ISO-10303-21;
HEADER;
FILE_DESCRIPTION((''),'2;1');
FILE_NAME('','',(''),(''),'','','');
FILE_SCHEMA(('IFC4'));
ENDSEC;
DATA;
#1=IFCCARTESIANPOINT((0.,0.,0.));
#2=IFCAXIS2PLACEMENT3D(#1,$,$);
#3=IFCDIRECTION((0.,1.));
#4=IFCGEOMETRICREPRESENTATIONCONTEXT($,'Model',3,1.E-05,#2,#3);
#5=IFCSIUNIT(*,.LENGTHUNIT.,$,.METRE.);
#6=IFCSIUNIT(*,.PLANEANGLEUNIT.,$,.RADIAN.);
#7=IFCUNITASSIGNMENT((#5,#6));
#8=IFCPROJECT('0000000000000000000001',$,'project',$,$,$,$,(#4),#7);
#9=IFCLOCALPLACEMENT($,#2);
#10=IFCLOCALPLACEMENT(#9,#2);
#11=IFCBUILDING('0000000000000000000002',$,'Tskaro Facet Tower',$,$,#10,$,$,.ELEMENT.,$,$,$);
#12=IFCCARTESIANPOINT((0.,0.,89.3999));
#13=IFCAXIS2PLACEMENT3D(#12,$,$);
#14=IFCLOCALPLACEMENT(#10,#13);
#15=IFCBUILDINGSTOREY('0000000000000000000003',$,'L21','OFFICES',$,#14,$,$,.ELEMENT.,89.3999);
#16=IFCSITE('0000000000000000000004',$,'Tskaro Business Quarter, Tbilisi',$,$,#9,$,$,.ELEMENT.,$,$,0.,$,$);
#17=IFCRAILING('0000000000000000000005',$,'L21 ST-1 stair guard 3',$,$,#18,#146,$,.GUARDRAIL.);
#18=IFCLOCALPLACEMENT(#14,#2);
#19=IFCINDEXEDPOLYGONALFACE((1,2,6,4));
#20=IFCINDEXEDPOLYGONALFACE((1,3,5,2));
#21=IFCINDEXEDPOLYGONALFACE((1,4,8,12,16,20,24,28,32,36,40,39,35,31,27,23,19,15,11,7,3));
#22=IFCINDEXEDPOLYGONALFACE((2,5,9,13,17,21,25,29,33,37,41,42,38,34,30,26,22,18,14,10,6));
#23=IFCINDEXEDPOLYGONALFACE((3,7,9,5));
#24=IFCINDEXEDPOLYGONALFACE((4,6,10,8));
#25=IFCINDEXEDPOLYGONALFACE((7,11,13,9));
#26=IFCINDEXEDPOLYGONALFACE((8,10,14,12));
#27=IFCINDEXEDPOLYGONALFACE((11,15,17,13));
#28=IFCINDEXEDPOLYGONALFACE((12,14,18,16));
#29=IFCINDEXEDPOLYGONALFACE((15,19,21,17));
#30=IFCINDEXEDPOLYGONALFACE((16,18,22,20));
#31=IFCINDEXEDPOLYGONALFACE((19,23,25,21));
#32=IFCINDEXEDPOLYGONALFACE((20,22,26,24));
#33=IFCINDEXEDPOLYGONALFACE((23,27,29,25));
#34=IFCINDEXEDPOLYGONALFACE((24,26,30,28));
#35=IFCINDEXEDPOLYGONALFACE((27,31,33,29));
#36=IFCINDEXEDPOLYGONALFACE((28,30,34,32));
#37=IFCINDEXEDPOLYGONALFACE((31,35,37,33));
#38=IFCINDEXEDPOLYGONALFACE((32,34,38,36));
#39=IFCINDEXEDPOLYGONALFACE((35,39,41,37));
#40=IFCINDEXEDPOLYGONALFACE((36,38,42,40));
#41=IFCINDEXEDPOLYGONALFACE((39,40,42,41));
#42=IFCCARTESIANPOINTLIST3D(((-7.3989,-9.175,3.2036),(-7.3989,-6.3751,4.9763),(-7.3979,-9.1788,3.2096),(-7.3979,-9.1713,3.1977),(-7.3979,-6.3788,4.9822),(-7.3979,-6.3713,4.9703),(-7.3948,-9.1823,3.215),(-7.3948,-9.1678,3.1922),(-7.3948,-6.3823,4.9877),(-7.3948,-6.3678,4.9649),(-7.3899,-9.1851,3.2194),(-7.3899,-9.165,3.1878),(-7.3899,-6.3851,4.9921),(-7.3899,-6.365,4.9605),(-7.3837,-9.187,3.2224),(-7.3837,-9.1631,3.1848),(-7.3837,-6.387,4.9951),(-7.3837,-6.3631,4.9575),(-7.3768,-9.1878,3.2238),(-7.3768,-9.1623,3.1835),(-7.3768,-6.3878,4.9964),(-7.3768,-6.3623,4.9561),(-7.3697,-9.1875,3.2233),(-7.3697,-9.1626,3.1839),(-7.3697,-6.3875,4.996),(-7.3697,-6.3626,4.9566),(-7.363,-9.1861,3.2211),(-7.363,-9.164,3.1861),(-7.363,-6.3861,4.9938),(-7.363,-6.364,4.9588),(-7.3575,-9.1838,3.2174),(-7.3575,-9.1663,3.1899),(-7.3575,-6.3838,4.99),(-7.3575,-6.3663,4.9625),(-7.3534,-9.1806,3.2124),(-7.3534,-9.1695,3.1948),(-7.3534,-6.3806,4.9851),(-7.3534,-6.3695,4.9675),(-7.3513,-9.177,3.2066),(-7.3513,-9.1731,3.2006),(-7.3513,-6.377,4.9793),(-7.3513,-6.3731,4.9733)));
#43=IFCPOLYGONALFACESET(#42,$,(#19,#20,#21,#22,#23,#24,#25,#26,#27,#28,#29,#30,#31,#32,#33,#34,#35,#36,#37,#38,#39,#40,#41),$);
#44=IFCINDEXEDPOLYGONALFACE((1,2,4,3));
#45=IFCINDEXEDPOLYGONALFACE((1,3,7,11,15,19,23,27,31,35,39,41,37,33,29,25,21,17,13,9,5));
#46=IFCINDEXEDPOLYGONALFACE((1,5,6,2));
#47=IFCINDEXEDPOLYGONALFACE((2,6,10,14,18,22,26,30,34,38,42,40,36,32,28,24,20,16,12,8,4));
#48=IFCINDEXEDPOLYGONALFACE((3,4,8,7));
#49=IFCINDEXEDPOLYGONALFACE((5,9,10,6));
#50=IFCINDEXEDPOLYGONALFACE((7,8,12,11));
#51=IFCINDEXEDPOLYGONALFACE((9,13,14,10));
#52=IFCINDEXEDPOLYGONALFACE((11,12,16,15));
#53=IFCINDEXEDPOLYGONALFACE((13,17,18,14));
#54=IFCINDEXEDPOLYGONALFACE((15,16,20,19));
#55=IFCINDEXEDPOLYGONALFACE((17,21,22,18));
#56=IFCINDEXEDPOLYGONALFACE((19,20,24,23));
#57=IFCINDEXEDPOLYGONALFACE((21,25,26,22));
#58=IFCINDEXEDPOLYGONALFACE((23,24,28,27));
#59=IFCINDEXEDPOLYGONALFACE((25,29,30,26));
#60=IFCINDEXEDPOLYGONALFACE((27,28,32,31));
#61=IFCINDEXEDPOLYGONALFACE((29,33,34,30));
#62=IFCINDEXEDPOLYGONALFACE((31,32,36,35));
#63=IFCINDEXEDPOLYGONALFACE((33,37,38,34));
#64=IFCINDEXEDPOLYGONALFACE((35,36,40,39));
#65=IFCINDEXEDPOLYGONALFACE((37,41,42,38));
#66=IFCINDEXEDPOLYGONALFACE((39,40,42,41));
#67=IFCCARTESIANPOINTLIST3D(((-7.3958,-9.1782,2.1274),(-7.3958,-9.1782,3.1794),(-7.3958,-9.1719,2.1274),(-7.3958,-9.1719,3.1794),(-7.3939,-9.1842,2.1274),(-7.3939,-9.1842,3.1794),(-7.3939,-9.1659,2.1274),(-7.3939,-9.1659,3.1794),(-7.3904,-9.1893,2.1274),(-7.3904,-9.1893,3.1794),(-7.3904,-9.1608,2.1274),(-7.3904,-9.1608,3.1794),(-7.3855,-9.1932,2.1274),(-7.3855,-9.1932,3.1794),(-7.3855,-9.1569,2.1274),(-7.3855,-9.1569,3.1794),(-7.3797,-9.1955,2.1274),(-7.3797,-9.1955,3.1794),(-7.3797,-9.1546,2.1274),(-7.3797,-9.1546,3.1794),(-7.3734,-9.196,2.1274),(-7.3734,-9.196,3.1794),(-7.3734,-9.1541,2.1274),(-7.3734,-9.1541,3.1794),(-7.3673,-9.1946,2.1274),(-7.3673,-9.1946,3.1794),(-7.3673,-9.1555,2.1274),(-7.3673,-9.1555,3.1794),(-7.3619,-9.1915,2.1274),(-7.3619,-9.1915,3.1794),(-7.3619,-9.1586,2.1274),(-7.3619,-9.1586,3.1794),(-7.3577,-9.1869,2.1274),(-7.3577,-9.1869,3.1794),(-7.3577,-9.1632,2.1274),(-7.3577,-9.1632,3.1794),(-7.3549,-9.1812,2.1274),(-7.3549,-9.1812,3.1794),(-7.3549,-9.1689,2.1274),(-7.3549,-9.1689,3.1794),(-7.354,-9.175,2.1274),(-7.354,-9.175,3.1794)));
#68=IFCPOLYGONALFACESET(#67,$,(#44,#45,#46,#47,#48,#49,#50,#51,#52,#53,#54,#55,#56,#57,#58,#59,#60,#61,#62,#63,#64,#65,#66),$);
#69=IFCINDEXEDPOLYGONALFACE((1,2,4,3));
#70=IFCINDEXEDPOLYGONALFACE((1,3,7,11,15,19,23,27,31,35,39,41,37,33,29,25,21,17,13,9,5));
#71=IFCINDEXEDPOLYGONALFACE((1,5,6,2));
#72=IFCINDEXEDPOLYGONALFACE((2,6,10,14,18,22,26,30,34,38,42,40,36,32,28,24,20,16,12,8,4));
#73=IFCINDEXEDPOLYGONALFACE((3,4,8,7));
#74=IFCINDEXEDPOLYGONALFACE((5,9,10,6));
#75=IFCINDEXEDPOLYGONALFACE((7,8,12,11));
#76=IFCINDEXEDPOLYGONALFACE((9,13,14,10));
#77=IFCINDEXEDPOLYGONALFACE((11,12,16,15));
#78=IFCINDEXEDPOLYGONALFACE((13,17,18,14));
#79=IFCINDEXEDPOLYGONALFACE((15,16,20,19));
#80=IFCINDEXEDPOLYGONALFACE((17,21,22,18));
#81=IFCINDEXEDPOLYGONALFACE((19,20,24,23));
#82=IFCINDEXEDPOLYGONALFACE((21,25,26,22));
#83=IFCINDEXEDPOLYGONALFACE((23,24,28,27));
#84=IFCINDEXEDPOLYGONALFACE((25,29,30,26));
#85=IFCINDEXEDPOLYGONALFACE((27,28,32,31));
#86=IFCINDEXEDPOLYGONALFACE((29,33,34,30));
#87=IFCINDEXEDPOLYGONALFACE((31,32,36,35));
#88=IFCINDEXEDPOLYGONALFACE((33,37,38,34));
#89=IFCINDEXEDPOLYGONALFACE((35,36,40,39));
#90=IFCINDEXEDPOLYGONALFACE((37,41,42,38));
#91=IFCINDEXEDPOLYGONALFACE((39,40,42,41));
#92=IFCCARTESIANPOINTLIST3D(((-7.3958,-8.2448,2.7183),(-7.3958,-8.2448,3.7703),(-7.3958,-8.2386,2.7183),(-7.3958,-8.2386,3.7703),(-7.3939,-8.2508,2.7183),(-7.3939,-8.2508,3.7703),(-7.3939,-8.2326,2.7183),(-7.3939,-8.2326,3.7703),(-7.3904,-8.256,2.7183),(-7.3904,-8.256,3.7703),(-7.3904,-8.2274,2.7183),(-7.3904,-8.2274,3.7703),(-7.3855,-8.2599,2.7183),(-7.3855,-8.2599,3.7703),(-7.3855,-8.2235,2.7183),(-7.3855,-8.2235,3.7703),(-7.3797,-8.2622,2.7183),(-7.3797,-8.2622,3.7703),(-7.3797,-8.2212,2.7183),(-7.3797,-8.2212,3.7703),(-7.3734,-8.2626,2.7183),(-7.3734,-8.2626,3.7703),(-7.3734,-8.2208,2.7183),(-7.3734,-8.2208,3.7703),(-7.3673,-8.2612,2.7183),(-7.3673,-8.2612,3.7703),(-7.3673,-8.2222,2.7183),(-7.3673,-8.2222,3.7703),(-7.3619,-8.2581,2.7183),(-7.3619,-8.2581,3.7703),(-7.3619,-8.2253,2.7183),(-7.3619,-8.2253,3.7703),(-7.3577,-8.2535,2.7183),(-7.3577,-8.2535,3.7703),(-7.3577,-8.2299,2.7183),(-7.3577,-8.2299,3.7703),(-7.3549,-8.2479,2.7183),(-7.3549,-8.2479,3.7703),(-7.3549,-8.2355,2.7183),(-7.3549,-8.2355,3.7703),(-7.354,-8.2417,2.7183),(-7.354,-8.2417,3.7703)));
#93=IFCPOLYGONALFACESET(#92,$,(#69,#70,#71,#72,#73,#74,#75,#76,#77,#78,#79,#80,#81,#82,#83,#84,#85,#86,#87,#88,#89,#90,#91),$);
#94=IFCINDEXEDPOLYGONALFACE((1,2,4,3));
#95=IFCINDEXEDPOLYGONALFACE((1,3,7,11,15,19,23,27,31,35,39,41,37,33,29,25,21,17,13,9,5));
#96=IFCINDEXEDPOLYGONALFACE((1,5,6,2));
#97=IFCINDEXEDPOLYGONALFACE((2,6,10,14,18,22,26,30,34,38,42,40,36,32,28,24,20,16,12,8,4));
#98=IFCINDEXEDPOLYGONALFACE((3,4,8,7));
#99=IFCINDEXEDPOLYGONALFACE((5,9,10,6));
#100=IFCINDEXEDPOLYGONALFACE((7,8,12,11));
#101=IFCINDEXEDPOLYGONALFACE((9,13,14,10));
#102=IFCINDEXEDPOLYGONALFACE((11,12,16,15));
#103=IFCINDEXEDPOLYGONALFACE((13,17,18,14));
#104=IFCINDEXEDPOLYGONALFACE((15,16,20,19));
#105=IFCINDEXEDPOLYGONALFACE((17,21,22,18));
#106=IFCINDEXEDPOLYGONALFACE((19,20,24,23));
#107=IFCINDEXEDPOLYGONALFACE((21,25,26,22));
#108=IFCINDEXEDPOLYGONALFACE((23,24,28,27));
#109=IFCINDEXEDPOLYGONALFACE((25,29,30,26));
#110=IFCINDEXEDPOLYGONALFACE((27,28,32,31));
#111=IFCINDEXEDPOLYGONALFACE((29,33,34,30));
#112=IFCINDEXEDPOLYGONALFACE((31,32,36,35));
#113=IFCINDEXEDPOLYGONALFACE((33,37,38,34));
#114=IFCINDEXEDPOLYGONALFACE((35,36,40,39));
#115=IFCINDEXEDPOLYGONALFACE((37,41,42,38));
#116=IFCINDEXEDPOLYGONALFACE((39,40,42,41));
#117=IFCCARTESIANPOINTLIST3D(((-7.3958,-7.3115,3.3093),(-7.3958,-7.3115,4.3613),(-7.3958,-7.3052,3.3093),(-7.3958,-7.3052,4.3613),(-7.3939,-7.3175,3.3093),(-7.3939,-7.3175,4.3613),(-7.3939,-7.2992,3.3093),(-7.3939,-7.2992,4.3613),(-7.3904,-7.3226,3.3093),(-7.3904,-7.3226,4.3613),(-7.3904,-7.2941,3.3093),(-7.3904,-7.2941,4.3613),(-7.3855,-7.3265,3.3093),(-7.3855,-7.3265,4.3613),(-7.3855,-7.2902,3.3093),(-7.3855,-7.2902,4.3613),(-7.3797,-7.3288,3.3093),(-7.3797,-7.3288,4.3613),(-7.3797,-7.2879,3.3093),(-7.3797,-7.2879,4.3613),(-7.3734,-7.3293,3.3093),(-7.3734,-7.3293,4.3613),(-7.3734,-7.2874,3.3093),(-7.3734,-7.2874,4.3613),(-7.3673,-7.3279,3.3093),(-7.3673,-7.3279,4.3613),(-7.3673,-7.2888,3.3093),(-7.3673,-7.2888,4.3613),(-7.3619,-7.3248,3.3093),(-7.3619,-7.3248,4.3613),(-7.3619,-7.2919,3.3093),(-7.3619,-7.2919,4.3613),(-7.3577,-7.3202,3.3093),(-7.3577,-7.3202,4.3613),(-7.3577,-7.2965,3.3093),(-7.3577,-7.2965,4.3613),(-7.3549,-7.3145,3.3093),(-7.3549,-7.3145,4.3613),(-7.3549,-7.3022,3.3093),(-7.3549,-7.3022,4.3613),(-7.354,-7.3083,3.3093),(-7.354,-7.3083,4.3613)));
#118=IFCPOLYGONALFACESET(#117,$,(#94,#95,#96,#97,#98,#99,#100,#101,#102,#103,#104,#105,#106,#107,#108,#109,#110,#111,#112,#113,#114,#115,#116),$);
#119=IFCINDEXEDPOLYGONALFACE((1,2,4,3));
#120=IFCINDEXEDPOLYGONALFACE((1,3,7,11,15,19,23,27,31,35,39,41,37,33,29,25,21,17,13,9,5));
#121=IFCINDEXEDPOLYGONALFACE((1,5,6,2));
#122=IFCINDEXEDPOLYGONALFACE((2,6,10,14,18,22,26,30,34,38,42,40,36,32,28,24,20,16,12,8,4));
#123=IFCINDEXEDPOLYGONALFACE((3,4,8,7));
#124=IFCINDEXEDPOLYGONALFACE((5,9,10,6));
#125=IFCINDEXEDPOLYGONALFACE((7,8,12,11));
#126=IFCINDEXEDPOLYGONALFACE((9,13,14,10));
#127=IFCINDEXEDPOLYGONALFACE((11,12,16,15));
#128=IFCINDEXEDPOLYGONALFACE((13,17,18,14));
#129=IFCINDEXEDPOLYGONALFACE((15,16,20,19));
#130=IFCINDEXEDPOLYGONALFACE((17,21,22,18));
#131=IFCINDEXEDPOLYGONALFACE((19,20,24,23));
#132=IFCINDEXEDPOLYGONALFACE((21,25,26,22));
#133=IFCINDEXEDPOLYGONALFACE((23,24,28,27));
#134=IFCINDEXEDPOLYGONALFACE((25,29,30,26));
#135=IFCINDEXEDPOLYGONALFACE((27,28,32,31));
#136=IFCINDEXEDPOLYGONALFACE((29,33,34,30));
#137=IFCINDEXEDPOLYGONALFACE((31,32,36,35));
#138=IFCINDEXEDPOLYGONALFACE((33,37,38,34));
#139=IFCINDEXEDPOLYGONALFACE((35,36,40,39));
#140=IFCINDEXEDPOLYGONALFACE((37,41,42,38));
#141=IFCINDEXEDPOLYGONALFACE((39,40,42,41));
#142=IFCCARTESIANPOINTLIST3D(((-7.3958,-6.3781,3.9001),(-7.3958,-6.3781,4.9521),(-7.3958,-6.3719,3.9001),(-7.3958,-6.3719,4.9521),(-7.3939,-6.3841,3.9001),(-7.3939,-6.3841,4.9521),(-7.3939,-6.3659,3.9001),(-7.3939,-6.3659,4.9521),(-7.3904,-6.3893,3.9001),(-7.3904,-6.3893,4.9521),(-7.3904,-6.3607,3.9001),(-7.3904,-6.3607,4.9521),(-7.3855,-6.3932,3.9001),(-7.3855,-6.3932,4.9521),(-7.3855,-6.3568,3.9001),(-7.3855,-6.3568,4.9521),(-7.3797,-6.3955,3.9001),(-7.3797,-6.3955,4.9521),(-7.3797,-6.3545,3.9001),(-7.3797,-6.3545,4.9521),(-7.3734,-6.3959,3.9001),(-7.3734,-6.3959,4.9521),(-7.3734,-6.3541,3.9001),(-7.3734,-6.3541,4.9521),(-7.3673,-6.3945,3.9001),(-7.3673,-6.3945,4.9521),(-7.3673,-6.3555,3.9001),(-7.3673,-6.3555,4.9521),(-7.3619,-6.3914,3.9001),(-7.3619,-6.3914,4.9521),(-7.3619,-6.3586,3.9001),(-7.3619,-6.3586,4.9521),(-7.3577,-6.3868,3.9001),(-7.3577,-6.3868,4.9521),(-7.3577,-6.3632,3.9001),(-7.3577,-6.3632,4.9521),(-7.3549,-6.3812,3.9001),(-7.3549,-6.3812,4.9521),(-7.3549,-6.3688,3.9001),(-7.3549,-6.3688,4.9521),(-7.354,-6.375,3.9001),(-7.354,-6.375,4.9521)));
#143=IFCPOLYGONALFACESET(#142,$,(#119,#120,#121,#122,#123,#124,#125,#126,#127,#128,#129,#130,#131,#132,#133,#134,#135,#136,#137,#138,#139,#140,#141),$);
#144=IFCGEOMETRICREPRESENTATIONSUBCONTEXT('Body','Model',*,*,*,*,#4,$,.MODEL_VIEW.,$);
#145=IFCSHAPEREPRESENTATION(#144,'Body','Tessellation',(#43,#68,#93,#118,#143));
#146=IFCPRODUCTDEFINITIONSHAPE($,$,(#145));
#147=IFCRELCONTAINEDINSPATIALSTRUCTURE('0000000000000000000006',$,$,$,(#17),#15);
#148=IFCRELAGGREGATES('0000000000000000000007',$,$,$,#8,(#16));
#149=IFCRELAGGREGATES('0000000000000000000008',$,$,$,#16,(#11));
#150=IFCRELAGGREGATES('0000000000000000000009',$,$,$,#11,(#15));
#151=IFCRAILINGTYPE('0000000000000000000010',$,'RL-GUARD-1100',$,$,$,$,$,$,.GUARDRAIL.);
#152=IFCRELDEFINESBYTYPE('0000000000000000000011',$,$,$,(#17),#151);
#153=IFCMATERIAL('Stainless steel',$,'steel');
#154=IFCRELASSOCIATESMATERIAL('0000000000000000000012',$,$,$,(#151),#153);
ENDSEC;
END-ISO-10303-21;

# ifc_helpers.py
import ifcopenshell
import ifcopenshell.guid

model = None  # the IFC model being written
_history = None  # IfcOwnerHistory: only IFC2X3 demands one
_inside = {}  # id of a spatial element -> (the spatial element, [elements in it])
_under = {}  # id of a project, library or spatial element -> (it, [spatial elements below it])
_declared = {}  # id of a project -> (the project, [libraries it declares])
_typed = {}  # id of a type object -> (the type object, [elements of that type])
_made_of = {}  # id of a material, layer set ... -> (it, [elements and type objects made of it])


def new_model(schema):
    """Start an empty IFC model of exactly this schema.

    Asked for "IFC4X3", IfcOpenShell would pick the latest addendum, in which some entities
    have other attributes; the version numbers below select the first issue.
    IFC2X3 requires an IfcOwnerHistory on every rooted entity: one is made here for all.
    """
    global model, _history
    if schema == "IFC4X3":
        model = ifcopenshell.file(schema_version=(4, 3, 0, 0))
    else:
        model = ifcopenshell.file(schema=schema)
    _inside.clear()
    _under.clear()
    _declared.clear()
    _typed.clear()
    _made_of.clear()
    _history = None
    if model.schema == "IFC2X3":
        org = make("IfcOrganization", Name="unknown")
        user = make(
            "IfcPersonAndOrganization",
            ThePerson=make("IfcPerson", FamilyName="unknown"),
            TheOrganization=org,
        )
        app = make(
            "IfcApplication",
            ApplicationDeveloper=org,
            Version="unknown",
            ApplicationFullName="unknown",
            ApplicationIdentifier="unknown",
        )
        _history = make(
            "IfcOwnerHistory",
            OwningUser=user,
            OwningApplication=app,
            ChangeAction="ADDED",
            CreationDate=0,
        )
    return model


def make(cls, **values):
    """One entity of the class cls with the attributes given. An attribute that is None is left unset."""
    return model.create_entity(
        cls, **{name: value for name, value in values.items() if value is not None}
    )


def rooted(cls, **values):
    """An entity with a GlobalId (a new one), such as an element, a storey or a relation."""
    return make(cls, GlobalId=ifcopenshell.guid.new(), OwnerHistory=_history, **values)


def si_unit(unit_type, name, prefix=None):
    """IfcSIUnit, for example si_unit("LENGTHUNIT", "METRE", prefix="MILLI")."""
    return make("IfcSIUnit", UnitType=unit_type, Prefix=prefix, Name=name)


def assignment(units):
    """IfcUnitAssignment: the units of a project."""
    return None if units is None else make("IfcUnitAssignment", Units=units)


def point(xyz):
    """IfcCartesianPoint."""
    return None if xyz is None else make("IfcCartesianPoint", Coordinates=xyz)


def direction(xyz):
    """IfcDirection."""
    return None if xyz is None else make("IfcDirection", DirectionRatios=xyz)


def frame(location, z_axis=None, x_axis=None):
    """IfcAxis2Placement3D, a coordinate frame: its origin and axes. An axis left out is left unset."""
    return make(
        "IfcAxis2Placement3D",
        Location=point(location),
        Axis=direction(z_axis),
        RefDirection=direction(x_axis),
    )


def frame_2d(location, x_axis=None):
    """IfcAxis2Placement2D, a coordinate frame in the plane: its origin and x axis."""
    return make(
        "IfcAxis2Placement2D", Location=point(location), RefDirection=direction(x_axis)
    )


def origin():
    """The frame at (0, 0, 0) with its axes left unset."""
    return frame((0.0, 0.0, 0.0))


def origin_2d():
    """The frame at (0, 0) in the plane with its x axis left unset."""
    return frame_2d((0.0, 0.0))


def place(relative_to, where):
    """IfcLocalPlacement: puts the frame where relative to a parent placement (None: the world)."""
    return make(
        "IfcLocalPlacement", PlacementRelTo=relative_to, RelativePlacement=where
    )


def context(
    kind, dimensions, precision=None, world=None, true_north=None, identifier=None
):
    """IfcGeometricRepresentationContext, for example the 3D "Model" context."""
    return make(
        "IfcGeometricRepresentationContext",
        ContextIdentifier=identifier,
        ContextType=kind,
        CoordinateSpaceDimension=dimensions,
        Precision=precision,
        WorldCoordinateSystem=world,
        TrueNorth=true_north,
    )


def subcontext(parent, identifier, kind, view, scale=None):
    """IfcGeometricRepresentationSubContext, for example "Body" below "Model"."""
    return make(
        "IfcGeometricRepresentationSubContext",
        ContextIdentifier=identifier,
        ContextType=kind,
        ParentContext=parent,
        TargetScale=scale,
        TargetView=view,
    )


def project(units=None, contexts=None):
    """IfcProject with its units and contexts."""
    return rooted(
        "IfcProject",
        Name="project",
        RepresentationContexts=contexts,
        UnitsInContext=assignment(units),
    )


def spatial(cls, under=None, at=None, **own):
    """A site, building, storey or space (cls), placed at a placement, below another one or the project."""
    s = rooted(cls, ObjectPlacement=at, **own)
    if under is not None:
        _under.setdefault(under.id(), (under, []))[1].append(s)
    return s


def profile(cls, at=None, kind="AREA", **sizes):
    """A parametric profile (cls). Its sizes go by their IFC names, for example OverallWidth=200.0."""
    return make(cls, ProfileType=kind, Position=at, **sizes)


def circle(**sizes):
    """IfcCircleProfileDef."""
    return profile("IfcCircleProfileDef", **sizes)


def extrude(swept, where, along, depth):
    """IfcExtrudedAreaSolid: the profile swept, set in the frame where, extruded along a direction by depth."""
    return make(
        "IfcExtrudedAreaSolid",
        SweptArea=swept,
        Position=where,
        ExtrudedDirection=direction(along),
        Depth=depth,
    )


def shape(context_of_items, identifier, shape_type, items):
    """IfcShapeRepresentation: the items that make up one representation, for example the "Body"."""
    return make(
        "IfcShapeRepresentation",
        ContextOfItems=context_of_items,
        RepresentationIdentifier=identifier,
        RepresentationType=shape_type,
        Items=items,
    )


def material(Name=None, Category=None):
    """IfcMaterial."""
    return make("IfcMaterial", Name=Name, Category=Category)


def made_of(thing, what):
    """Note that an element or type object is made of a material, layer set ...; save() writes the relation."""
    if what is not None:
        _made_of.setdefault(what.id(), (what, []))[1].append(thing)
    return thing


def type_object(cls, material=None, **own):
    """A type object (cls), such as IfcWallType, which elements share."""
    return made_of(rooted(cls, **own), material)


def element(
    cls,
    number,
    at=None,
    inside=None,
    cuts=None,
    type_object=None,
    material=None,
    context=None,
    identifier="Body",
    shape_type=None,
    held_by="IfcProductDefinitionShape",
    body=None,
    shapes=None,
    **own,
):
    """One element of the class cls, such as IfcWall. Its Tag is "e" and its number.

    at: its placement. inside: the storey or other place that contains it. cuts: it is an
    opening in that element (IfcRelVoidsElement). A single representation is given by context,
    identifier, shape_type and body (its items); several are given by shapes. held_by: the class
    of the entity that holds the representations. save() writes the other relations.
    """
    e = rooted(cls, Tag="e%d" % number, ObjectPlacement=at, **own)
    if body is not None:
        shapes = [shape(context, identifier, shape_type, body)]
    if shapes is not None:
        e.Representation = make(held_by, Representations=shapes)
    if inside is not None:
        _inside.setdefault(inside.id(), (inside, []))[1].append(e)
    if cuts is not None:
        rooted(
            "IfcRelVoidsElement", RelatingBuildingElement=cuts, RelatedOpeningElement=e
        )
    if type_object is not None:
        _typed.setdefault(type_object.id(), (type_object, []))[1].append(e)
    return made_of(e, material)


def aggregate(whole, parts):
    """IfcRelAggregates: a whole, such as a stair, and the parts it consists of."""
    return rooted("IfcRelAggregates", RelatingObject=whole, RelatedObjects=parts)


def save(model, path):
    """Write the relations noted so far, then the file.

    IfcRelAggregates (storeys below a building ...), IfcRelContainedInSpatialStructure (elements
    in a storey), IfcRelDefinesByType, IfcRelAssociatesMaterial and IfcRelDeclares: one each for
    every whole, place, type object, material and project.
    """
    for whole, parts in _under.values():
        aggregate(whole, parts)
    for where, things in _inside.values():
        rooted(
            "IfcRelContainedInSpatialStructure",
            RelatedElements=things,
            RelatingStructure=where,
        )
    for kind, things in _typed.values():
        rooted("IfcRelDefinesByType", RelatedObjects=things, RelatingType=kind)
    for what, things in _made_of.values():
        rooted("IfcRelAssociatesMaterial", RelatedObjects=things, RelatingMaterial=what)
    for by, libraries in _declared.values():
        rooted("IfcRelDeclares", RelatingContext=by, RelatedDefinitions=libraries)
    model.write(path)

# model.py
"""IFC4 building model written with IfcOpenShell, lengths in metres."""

from ifc_helpers import new_model, si_unit, direction, frame, origin, origin_2d, place, context, subcontext, project, spatial, circle, extrude, material, type_object, element, save


model = new_model("IFC4")

# Units and contexts
model_context = context("Model", 3, precision=1e-05, world=origin(), true_north=direction((0.0, 1.0)))
body_context = subcontext(model_context, "Body", "Model", "MODEL_VIEW")
ifc_project = project(units=[si_unit("LENGTHUNIT", "METRE"), si_unit("PLANEANGLEUNIT", "RADIAN")], contexts=[model_context])

# Site, building, storey
site_placement = place(None, origin())
site = spatial("IfcSite", under=ifc_project, at=site_placement, Name="Tskaro Business Quarter, Tbilisi", CompositionType="ELEMENT", RefElevation=0.0)
building_placement = place(site_placement, origin())
building = spatial("IfcBuilding", under=site, at=building_placement, Name="Tskaro Facet Tower", CompositionType="ELEMENT")
storey_placement = place(building_placement, frame((0.0, 0.0, 89.3999)))
storey = spatial("IfcBuildingStorey", under=building, at=storey_placement, Name="L21", Description="OFFICES", CompositionType="ELEMENT", Elevation=89.3999)

# Shared definitions
ifc_material_1 = material(Name="Stainless steel", Category="steel")

# Railing
railing_type_1 = type_object("IfcRailingType", Name="RL-GUARD-1100", PredefinedType="GUARDRAIL", material=ifc_material_1)
railing_1_placement = place(storey_placement, frame((-7.375, -9.175, 2.1274)))
element("IfcRailing", 1, at=railing_1_placement, inside=storey, type_object=railing_type_1, Name="L21 ST-1 stair guard 3", PredefinedType="GUARDRAIL", context=body_context, shape_type="SweptSolid", body=[
    extrude(circle(Radius=0.0239, at=origin_2d()), frame((0.0, 0.0, 1.0762), z_axis=(0.0, 0.844909, 0.53491), x_axis=(-1.0, 0.0, 0.0)), (0.0, 0.0, 1.0), 3.314),
    extrude(circle(Radius=0.021, at=origin_2d()), origin(), (0.0, 0.0, 1.0), 1.052),
    extrude(circle(Radius=0.021, at=origin_2d()), frame((0.0, 0.9333, 0.5908)), (0.0, 0.0, 1.0), 1.052),
    extrude(circle(Radius=0.021, at=origin_2d()), frame((0.0, 1.8667, 1.1819)), (0.0, 0.0, 1.0), 1.052),
    extrude(circle(Radius=0.021, at=origin_2d()), frame((0.0, 2.8, 1.7727)), (0.0, 0.0, 1.0), 1.052),
])

save(model, "model.ifc")
